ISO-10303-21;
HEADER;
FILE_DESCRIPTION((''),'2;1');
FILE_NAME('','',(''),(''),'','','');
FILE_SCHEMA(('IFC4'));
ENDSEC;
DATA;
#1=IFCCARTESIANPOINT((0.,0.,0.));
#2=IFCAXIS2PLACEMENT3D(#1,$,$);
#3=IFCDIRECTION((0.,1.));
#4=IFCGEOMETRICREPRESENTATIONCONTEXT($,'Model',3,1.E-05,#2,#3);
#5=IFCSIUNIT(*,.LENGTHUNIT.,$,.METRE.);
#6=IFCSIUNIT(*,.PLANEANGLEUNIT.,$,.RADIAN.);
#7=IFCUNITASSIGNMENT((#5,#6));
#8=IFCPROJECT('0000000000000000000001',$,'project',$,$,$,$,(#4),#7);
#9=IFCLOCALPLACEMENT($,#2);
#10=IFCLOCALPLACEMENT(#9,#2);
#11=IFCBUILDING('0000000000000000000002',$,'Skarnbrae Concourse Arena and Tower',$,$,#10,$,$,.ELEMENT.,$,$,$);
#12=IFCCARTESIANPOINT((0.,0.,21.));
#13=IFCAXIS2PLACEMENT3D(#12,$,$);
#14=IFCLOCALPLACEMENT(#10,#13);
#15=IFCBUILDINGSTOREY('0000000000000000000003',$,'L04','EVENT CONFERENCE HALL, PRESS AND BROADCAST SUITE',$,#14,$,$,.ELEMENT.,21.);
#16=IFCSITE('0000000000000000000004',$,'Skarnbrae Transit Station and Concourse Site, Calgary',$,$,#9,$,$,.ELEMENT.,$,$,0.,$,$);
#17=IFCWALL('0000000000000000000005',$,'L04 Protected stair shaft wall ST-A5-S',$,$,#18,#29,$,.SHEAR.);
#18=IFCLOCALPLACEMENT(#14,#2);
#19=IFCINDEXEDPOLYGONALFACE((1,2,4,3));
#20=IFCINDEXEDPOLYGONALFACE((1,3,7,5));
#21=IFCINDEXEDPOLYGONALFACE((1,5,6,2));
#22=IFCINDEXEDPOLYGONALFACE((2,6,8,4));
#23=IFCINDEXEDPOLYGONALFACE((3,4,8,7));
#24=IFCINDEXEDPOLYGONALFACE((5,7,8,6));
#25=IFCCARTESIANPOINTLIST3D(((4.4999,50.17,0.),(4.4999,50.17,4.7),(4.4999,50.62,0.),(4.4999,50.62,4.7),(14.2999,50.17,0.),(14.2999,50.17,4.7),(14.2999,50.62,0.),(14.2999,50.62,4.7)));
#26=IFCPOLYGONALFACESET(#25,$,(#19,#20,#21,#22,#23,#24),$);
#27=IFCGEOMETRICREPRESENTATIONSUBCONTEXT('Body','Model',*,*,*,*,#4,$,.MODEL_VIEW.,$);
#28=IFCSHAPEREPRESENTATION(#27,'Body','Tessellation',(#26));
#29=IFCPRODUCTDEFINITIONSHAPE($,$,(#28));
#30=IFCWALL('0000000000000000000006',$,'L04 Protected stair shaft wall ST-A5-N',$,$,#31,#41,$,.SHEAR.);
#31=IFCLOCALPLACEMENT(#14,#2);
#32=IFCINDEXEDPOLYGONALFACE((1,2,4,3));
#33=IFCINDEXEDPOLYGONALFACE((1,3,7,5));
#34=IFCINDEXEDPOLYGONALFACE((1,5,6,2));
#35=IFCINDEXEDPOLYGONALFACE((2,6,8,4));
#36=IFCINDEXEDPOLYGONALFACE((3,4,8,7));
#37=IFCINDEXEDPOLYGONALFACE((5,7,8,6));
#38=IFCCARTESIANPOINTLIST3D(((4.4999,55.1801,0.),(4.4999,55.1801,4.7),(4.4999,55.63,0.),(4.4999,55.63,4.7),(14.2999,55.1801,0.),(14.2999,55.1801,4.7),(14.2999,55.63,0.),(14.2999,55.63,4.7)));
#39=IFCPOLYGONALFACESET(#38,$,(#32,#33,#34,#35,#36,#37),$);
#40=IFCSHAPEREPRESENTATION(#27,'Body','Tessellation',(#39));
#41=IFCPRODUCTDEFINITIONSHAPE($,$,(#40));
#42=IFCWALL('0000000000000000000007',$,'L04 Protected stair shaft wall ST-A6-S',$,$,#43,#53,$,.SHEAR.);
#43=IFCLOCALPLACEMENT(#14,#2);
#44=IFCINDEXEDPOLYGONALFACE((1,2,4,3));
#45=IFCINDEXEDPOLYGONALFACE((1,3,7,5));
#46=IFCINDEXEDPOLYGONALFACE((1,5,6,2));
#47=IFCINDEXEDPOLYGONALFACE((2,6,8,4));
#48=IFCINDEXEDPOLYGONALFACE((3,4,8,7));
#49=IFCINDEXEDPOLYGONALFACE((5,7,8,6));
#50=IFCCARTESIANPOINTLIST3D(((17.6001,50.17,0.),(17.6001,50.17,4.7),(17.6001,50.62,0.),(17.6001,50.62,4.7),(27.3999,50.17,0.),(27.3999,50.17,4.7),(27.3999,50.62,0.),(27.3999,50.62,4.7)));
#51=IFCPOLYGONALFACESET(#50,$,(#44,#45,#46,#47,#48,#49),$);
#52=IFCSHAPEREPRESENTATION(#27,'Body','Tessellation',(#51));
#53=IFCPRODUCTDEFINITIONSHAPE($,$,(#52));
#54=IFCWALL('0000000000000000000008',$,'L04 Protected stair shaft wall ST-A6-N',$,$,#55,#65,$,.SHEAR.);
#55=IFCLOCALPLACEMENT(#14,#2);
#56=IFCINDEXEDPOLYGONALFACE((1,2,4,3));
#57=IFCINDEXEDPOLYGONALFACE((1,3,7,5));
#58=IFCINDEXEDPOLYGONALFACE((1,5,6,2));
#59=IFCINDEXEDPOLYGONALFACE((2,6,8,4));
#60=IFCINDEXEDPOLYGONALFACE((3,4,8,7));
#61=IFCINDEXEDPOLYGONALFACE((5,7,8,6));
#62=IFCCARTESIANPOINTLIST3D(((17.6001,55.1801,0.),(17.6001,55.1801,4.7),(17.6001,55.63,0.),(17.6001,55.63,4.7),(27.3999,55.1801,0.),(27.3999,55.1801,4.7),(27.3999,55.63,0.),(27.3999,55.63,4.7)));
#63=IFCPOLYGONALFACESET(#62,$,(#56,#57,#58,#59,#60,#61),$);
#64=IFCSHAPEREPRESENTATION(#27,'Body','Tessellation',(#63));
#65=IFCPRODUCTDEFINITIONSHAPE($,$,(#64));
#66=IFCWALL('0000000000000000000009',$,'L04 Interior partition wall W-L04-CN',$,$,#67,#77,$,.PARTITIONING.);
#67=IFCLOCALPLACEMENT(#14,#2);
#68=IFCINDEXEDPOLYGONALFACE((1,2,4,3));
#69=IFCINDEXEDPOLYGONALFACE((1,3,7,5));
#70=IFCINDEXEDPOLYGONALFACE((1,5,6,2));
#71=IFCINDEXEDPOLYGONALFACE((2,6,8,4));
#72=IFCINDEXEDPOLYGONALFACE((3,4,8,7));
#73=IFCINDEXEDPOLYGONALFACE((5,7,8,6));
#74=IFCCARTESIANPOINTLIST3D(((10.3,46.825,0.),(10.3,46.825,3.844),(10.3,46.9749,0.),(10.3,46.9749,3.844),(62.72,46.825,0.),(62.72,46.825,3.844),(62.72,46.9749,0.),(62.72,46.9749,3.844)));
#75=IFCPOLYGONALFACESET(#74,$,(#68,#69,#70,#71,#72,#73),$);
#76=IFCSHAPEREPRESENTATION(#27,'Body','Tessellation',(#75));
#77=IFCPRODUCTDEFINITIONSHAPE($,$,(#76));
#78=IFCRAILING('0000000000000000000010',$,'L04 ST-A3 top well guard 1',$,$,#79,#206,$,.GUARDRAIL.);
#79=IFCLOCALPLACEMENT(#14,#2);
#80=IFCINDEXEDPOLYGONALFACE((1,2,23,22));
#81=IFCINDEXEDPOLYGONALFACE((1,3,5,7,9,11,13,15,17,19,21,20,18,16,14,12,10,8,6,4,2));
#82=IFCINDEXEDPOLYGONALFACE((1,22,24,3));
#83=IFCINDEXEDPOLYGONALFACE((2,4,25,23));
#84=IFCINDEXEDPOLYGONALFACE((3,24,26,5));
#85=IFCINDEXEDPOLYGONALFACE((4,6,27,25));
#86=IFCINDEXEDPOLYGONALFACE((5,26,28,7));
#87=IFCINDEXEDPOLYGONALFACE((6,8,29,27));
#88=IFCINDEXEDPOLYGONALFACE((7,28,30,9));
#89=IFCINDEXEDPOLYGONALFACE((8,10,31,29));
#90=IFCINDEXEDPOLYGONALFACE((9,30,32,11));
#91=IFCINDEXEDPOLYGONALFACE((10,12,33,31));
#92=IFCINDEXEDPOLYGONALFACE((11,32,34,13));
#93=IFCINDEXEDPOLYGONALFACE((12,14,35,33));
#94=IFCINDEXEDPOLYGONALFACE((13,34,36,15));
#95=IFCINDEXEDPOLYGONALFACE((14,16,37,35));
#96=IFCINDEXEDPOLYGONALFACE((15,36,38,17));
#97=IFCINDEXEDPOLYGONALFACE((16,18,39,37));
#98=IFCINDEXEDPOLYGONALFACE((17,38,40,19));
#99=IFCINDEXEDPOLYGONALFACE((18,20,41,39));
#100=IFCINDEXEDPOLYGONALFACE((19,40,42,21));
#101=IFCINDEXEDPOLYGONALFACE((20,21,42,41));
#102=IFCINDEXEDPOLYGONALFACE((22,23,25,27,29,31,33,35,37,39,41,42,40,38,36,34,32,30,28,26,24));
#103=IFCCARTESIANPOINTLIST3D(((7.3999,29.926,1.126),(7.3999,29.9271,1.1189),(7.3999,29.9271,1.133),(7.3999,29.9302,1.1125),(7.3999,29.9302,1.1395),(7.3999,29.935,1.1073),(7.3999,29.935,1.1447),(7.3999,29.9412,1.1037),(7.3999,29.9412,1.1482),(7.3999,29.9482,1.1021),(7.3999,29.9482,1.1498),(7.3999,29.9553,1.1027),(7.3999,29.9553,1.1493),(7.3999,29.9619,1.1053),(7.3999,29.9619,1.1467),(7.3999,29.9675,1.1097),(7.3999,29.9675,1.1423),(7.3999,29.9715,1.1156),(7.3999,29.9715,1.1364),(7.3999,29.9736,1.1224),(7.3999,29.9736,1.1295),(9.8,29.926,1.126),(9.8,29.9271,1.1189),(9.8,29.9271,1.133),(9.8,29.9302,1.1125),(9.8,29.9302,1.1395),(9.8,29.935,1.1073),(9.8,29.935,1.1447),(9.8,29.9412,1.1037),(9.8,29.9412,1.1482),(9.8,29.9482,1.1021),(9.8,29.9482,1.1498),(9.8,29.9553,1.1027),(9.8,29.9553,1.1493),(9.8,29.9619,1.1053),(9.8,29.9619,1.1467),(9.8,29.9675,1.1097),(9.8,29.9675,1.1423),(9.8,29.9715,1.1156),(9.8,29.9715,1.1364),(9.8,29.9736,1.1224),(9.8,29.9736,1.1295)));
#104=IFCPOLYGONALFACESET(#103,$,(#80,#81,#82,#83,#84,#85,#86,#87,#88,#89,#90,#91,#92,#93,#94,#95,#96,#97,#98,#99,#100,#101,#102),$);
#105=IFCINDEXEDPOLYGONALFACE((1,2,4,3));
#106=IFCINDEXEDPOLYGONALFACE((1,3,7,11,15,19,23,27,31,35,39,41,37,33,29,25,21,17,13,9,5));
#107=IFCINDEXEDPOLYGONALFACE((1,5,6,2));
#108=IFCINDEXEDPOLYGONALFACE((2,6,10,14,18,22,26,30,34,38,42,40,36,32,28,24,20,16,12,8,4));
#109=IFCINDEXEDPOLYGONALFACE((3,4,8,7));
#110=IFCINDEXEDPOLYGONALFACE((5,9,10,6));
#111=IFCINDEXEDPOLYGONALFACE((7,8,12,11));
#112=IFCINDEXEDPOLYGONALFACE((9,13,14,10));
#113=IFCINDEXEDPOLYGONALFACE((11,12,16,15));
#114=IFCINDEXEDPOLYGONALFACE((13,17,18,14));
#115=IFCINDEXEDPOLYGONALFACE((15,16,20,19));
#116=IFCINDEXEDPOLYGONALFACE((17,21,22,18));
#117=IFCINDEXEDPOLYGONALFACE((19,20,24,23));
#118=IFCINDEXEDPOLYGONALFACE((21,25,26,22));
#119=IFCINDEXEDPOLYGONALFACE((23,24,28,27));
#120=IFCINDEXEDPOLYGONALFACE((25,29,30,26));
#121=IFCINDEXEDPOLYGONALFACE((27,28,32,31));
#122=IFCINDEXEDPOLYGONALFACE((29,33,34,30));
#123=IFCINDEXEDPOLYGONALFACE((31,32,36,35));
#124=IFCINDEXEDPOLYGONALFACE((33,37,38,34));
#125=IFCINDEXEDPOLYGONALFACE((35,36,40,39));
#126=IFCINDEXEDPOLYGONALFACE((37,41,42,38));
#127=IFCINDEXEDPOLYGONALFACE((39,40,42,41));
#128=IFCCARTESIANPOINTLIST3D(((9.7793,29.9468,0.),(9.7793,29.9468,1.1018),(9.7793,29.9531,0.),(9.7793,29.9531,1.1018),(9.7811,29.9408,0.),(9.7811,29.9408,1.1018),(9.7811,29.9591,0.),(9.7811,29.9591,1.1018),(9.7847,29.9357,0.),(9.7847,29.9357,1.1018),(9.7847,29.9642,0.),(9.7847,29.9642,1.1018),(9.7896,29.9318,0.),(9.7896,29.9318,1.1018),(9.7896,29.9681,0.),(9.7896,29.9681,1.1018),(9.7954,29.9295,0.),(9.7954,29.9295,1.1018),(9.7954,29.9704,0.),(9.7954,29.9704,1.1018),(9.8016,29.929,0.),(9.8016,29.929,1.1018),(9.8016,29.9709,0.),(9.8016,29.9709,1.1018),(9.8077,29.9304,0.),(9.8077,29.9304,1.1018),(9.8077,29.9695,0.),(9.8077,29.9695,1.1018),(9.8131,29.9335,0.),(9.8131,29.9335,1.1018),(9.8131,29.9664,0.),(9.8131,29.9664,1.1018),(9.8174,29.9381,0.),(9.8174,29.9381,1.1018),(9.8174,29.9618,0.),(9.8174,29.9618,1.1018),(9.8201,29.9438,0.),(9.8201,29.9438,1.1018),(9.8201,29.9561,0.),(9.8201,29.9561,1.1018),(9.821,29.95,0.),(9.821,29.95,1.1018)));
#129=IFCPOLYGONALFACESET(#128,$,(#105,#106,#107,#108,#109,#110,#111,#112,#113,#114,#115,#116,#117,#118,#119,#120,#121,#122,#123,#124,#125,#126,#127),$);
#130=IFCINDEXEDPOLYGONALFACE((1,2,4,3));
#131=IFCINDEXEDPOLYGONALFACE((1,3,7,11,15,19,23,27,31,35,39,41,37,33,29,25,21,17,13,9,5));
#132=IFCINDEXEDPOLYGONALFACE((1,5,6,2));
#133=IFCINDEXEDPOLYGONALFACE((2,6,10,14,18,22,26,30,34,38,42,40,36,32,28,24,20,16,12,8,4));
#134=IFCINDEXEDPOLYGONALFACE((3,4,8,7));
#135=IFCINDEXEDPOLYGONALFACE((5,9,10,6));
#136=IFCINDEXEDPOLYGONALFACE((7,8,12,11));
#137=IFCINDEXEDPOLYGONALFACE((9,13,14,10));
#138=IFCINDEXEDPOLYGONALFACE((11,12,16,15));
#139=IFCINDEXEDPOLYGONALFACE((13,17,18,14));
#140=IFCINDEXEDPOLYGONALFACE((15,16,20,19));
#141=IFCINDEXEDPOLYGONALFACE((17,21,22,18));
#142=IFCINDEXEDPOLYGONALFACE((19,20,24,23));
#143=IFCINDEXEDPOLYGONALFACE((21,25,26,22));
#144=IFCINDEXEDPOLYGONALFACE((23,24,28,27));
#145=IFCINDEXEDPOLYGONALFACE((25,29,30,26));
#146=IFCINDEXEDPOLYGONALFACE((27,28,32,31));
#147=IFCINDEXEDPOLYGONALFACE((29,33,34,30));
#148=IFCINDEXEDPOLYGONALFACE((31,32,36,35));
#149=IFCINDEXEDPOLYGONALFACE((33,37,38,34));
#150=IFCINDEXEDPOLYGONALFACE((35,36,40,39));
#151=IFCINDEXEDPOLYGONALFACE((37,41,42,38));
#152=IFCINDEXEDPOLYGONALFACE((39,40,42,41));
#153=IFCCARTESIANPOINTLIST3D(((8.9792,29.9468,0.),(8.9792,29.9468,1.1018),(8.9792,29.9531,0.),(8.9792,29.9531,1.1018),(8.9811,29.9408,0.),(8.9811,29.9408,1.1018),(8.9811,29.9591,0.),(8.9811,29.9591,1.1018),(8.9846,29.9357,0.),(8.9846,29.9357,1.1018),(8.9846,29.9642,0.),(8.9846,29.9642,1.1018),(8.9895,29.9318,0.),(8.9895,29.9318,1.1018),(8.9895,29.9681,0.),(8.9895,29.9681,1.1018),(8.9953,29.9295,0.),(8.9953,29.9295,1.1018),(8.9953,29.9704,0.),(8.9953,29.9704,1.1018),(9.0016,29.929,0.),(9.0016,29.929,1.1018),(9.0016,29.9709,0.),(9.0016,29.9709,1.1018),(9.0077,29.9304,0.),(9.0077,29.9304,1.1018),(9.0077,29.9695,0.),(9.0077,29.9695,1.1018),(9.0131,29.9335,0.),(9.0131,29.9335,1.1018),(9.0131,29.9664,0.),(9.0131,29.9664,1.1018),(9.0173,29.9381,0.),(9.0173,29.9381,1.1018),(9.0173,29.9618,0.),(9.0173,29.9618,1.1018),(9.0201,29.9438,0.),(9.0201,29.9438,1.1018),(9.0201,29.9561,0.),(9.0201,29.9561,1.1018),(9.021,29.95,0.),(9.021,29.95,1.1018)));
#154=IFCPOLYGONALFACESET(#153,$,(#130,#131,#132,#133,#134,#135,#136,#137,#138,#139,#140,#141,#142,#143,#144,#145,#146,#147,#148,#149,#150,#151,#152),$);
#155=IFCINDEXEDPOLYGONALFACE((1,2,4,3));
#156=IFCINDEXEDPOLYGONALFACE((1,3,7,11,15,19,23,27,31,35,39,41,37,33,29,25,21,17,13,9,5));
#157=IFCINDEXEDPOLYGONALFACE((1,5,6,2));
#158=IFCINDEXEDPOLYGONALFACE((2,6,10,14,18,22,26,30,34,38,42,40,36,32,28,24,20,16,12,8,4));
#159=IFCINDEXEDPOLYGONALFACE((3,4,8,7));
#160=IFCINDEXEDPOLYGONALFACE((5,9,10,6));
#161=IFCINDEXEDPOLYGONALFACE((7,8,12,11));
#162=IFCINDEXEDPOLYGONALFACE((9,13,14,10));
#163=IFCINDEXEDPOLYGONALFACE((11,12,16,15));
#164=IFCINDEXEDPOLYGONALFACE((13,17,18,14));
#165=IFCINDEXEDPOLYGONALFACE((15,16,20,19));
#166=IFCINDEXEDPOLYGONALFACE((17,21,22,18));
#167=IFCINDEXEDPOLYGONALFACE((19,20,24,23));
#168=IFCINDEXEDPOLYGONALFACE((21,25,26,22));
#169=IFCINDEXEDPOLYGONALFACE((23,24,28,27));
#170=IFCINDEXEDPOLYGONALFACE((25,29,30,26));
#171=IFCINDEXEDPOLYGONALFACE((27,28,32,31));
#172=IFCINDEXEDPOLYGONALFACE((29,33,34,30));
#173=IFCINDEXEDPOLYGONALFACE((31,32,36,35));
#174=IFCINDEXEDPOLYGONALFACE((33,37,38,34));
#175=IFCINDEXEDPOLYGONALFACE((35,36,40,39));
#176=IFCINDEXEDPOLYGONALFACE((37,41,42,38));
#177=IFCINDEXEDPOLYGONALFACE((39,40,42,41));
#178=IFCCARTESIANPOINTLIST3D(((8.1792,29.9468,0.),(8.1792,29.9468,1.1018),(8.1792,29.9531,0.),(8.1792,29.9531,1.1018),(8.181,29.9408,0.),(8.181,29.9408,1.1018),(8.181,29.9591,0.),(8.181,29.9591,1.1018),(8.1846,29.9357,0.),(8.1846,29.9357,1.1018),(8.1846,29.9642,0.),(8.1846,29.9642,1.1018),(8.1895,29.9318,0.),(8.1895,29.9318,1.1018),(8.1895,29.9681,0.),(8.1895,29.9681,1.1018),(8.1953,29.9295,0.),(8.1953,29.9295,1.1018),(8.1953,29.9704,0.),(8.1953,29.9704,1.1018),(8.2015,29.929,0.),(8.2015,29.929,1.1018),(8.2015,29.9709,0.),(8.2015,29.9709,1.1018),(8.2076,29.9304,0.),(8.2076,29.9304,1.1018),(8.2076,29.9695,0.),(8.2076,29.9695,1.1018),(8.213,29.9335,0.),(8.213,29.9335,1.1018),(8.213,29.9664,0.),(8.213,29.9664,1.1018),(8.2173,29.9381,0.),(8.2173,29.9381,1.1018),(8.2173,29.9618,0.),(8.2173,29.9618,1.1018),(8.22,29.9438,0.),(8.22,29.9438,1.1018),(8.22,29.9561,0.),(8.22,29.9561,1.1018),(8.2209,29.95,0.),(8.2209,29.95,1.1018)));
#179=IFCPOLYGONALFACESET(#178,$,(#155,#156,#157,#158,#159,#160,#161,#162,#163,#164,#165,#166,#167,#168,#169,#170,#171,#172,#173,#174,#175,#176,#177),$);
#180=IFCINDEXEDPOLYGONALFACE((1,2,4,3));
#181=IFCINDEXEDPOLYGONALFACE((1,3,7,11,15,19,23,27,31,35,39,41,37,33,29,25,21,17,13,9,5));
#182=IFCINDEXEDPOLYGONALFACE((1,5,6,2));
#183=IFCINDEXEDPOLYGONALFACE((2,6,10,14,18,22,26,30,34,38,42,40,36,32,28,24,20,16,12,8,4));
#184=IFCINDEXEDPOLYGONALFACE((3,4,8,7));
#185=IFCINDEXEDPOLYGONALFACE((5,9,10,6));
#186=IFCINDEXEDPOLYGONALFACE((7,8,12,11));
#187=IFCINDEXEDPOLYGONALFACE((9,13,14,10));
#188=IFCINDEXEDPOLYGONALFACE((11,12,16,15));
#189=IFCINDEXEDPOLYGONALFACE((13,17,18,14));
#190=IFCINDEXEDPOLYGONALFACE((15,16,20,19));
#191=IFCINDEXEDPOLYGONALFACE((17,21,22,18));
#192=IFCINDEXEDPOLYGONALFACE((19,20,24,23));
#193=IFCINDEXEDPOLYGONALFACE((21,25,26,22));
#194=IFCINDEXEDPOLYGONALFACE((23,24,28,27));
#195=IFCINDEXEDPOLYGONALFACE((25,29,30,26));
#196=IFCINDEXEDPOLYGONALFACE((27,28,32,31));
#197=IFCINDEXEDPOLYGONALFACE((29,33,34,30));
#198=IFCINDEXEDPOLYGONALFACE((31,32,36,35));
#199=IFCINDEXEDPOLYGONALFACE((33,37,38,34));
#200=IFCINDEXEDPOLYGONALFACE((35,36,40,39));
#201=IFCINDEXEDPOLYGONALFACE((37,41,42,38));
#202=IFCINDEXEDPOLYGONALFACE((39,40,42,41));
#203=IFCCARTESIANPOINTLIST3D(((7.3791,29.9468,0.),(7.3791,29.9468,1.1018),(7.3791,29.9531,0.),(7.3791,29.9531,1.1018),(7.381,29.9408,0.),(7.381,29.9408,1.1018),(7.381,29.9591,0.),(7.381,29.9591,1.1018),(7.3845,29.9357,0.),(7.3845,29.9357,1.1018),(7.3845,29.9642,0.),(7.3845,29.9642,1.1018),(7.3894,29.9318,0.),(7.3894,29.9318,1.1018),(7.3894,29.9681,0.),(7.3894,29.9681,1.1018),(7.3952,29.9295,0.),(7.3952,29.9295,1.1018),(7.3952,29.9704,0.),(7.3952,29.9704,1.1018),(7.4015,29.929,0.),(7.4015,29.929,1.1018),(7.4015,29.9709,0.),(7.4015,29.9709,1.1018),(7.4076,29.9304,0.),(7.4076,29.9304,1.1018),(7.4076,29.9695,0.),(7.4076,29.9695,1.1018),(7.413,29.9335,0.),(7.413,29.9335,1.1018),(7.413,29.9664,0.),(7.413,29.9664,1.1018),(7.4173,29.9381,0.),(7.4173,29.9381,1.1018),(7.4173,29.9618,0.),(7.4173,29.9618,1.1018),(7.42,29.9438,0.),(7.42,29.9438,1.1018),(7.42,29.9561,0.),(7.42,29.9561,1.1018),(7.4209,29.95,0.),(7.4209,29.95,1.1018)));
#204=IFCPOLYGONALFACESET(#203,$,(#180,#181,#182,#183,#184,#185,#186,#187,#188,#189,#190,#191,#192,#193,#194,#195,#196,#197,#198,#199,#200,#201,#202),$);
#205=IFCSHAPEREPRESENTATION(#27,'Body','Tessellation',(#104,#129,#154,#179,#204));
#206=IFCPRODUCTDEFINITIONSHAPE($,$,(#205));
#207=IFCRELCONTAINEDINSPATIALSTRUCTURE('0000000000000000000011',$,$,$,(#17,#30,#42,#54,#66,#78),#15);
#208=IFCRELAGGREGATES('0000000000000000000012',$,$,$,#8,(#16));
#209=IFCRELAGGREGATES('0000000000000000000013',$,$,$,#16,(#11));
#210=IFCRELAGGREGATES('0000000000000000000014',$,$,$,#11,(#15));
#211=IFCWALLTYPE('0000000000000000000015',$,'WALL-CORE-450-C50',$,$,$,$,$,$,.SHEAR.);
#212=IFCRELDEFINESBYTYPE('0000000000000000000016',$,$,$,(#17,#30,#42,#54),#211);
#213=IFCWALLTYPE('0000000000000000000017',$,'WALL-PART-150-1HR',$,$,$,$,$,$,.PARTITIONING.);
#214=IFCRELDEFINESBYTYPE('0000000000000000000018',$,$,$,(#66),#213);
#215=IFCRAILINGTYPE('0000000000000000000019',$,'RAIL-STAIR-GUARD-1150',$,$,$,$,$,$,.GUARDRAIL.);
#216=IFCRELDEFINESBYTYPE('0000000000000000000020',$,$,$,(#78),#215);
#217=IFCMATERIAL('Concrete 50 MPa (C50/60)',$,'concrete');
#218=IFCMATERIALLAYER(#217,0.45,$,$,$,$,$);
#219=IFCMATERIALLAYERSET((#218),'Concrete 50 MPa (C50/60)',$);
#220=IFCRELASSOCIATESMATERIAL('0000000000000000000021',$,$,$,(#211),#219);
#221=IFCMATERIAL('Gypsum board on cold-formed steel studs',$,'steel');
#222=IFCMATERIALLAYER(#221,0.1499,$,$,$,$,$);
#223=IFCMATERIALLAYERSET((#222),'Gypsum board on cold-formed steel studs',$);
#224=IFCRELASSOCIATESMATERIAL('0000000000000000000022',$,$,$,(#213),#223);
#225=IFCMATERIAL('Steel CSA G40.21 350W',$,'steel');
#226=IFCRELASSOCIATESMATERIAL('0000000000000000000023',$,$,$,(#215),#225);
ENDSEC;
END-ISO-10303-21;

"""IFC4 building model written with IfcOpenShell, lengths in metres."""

from ifc_helpers import new_model, si_unit, direction, frame, frame_2d, origin, origin_2d, place, context, subcontext, project, spatial, rectangle, circle, extrude, source, transform, mapped, material, layer, layer_set, type_object, element, save


model = new_model("IFC4")

# Units and contexts
model_context = context("Model", 3, precision=1e-05, world=origin(), true_north=direction((0.0, 1.0)))
body_context = subcontext(model_context, "Body", "Model", "MODEL_VIEW")
ifc_project = project(units=[si_unit("LENGTHUNIT", "METRE"), si_unit("PLANEANGLEUNIT", "RADIAN")], contexts=[model_context])

# Site, building, storey
site_placement = place(None, origin())
site = spatial("IfcSite", under=ifc_project, at=site_placement, Name="Skarnbrae Transit Station and Concourse Site, Calgary", CompositionType="ELEMENT", RefElevation=0.0)
building_placement = place(site_placement, origin())
building = spatial("IfcBuilding", under=site, at=building_placement, Name="Skarnbrae Concourse Arena and Tower", CompositionType="ELEMENT")
storey_placement = place(building_placement, frame((0.0, 0.0, 21.0)))
storey = spatial("IfcBuildingStorey", under=building, at=storey_placement, Name="L04", Description="EVENT CONFERENCE HALL, PRESS AND BROADCAST SUITE", CompositionType="ELEMENT", Elevation=21.0)

# Shared definitions
ifc_material_1 = material(Name="Steel CSA G40.21 350W", Category="steel")

# Shared definitions
ifc_material_2 = material(Name="Concrete 50 MPa (C50/60)", Category="concrete")
ifc_layer_1 = layer(ifc_material_2, 0.45)
ifc_layer_set_1 = layer_set([ifc_layer_1], Name="Concrete 50 MPa (C50/60)")
wall_type_1 = type_object("IfcWallType", Name="WALL-CORE-450-C50", PredefinedType="SHEAR", material=ifc_layer_set_1)

# Walls
shared_shape_1 = source(origin(), body_context, "Body", "SweptSolid", [
    extrude(rectangle(XDim=9.8, YDim=0.45, at=frame_2d((4.8999, 0.0))), origin(), (0.0, 0.0, 1.0), 4.7),
])
for number, where, z_axis, x_axis, name in (
    (1, (4.5, 50.395, 0.0), (0.0, 0.0, 1.0), (1.0, 0.0, 0.0), "L04 Protected stair shaft wall ST-A5-S"),
    (2, (4.5, 55.405, 0.0), (0.0, 0.0, 1.0), (1.0, 0.0, 0.0), "L04 Protected stair shaft wall ST-A5-N"),
):
    element("IfcWall", number, at=place(storey_placement, frame(where, z_axis=z_axis, x_axis=x_axis)), inside=storey, type_object=wall_type_1, Name=name, PredefinedType="SHEAR", context=body_context, shape_type="MappedRepresentation", body=[
        mapped(shared_shape_1, transform((0.0, 0.0, 0.0))),
    ])
shared_shape_2 = source(origin(), body_context, "Body", "SweptSolid", [
    extrude(rectangle(XDim=9.7998, YDim=0.45, at=frame_2d((4.8999, 0.0))), origin(), (0.0, 0.0, 1.0), 4.7),
])
for number, where, z_axis, x_axis, name in (
    (3, (17.6001, 50.395, 0.0), (0.0, 0.0, 1.0), (1.0, 0.0, 0.0), "L04 Protected stair shaft wall ST-A6-S"),
    (4, (17.6001, 55.405, 0.0), (0.0, 0.0, 1.0), (1.0, 0.0, 0.0), "L04 Protected stair shaft wall ST-A6-N"),
):
    element("IfcWall", number, at=place(storey_placement, frame(where, z_axis=z_axis, x_axis=x_axis)), inside=storey, type_object=wall_type_1, Name=name, PredefinedType="SHEAR", context=body_context, shape_type="MappedRepresentation", body=[
        mapped(shared_shape_2, transform((0.0, 0.0, 0.0))),
    ])
ifc_material_3 = material(Name="Gypsum board on cold-formed steel studs", Category="steel")
ifc_layer_2 = layer(ifc_material_3, 0.1499)
ifc_layer_set_2 = layer_set([ifc_layer_2], Name="Gypsum board on cold-formed steel studs")
wall_type_2 = type_object("IfcWallType", Name="WALL-PART-150-1HR", PredefinedType="PARTITIONING", material=ifc_layer_set_2)
shared_shape_3 = source(origin(), body_context, "Body", "SweptSolid", [
    extrude(rectangle(XDim=52.4199, YDim=0.1499, at=frame_2d((26.21, 0.0))), origin(), (0.0, 0.0, 1.0), 3.844),
])
wall_1_placement = place(storey_placement, frame((10.3, 46.8999, 0.0), z_axis=(0.0, 0.0, 1.0), x_axis=(1.0, 0.0, 0.0)))
element("IfcWall", 5, at=wall_1_placement, inside=storey, type_object=wall_type_2, Name="L04 Interior partition wall W-L04-CN", PredefinedType="PARTITIONING", context=body_context, shape_type="MappedRepresentation", body=[
    mapped(shared_shape_3, transform((0.0, 0.0, 0.0))),
])

# Railing
railing_type = type_object("IfcRailingType", Name="RAIL-STAIR-GUARD-1150", PredefinedType="GUARDRAIL", material=ifc_material_1)
railing_placement = place(storey_placement, frame((9.8, 29.95, 0.0)))
element("IfcRailing", 6, at=railing_placement, inside=storey, type_object=railing_type, Name="L04 ST-A3 top well guard 1", PredefinedType="GUARDRAIL", context=body_context, shape_type="SweptSolid", body=[
    extrude(circle(Radius=0.0239, at=origin_2d()), frame((0.0, 0.0, 1.126), z_axis=(-1.0, 0.0, 0.0), x_axis=(0.0, -1.0, 0.0)), (0.0, 0.0, 1.0), 2.4001),
    extrude(circle(Radius=0.021, at=origin_2d()), origin(), (0.0, 0.0, 1.0), 1.1018),
    extrude(circle(Radius=0.021, at=origin_2d()), frame((-0.8, 0.0, 0.0)), (0.0, 0.0, 1.0), 1.1018),
    extrude(circle(Radius=0.021, at=origin_2d()), frame((-1.6001, 0.0, 0.0)), (0.0, 0.0, 1.0), 1.1018),
    extrude(circle(Radius=0.021, at=origin_2d()), frame((-2.4001, 0.0, 0.0)), (0.0, 0.0, 1.0), 1.1018),
])

save(model, "model.ifc")
